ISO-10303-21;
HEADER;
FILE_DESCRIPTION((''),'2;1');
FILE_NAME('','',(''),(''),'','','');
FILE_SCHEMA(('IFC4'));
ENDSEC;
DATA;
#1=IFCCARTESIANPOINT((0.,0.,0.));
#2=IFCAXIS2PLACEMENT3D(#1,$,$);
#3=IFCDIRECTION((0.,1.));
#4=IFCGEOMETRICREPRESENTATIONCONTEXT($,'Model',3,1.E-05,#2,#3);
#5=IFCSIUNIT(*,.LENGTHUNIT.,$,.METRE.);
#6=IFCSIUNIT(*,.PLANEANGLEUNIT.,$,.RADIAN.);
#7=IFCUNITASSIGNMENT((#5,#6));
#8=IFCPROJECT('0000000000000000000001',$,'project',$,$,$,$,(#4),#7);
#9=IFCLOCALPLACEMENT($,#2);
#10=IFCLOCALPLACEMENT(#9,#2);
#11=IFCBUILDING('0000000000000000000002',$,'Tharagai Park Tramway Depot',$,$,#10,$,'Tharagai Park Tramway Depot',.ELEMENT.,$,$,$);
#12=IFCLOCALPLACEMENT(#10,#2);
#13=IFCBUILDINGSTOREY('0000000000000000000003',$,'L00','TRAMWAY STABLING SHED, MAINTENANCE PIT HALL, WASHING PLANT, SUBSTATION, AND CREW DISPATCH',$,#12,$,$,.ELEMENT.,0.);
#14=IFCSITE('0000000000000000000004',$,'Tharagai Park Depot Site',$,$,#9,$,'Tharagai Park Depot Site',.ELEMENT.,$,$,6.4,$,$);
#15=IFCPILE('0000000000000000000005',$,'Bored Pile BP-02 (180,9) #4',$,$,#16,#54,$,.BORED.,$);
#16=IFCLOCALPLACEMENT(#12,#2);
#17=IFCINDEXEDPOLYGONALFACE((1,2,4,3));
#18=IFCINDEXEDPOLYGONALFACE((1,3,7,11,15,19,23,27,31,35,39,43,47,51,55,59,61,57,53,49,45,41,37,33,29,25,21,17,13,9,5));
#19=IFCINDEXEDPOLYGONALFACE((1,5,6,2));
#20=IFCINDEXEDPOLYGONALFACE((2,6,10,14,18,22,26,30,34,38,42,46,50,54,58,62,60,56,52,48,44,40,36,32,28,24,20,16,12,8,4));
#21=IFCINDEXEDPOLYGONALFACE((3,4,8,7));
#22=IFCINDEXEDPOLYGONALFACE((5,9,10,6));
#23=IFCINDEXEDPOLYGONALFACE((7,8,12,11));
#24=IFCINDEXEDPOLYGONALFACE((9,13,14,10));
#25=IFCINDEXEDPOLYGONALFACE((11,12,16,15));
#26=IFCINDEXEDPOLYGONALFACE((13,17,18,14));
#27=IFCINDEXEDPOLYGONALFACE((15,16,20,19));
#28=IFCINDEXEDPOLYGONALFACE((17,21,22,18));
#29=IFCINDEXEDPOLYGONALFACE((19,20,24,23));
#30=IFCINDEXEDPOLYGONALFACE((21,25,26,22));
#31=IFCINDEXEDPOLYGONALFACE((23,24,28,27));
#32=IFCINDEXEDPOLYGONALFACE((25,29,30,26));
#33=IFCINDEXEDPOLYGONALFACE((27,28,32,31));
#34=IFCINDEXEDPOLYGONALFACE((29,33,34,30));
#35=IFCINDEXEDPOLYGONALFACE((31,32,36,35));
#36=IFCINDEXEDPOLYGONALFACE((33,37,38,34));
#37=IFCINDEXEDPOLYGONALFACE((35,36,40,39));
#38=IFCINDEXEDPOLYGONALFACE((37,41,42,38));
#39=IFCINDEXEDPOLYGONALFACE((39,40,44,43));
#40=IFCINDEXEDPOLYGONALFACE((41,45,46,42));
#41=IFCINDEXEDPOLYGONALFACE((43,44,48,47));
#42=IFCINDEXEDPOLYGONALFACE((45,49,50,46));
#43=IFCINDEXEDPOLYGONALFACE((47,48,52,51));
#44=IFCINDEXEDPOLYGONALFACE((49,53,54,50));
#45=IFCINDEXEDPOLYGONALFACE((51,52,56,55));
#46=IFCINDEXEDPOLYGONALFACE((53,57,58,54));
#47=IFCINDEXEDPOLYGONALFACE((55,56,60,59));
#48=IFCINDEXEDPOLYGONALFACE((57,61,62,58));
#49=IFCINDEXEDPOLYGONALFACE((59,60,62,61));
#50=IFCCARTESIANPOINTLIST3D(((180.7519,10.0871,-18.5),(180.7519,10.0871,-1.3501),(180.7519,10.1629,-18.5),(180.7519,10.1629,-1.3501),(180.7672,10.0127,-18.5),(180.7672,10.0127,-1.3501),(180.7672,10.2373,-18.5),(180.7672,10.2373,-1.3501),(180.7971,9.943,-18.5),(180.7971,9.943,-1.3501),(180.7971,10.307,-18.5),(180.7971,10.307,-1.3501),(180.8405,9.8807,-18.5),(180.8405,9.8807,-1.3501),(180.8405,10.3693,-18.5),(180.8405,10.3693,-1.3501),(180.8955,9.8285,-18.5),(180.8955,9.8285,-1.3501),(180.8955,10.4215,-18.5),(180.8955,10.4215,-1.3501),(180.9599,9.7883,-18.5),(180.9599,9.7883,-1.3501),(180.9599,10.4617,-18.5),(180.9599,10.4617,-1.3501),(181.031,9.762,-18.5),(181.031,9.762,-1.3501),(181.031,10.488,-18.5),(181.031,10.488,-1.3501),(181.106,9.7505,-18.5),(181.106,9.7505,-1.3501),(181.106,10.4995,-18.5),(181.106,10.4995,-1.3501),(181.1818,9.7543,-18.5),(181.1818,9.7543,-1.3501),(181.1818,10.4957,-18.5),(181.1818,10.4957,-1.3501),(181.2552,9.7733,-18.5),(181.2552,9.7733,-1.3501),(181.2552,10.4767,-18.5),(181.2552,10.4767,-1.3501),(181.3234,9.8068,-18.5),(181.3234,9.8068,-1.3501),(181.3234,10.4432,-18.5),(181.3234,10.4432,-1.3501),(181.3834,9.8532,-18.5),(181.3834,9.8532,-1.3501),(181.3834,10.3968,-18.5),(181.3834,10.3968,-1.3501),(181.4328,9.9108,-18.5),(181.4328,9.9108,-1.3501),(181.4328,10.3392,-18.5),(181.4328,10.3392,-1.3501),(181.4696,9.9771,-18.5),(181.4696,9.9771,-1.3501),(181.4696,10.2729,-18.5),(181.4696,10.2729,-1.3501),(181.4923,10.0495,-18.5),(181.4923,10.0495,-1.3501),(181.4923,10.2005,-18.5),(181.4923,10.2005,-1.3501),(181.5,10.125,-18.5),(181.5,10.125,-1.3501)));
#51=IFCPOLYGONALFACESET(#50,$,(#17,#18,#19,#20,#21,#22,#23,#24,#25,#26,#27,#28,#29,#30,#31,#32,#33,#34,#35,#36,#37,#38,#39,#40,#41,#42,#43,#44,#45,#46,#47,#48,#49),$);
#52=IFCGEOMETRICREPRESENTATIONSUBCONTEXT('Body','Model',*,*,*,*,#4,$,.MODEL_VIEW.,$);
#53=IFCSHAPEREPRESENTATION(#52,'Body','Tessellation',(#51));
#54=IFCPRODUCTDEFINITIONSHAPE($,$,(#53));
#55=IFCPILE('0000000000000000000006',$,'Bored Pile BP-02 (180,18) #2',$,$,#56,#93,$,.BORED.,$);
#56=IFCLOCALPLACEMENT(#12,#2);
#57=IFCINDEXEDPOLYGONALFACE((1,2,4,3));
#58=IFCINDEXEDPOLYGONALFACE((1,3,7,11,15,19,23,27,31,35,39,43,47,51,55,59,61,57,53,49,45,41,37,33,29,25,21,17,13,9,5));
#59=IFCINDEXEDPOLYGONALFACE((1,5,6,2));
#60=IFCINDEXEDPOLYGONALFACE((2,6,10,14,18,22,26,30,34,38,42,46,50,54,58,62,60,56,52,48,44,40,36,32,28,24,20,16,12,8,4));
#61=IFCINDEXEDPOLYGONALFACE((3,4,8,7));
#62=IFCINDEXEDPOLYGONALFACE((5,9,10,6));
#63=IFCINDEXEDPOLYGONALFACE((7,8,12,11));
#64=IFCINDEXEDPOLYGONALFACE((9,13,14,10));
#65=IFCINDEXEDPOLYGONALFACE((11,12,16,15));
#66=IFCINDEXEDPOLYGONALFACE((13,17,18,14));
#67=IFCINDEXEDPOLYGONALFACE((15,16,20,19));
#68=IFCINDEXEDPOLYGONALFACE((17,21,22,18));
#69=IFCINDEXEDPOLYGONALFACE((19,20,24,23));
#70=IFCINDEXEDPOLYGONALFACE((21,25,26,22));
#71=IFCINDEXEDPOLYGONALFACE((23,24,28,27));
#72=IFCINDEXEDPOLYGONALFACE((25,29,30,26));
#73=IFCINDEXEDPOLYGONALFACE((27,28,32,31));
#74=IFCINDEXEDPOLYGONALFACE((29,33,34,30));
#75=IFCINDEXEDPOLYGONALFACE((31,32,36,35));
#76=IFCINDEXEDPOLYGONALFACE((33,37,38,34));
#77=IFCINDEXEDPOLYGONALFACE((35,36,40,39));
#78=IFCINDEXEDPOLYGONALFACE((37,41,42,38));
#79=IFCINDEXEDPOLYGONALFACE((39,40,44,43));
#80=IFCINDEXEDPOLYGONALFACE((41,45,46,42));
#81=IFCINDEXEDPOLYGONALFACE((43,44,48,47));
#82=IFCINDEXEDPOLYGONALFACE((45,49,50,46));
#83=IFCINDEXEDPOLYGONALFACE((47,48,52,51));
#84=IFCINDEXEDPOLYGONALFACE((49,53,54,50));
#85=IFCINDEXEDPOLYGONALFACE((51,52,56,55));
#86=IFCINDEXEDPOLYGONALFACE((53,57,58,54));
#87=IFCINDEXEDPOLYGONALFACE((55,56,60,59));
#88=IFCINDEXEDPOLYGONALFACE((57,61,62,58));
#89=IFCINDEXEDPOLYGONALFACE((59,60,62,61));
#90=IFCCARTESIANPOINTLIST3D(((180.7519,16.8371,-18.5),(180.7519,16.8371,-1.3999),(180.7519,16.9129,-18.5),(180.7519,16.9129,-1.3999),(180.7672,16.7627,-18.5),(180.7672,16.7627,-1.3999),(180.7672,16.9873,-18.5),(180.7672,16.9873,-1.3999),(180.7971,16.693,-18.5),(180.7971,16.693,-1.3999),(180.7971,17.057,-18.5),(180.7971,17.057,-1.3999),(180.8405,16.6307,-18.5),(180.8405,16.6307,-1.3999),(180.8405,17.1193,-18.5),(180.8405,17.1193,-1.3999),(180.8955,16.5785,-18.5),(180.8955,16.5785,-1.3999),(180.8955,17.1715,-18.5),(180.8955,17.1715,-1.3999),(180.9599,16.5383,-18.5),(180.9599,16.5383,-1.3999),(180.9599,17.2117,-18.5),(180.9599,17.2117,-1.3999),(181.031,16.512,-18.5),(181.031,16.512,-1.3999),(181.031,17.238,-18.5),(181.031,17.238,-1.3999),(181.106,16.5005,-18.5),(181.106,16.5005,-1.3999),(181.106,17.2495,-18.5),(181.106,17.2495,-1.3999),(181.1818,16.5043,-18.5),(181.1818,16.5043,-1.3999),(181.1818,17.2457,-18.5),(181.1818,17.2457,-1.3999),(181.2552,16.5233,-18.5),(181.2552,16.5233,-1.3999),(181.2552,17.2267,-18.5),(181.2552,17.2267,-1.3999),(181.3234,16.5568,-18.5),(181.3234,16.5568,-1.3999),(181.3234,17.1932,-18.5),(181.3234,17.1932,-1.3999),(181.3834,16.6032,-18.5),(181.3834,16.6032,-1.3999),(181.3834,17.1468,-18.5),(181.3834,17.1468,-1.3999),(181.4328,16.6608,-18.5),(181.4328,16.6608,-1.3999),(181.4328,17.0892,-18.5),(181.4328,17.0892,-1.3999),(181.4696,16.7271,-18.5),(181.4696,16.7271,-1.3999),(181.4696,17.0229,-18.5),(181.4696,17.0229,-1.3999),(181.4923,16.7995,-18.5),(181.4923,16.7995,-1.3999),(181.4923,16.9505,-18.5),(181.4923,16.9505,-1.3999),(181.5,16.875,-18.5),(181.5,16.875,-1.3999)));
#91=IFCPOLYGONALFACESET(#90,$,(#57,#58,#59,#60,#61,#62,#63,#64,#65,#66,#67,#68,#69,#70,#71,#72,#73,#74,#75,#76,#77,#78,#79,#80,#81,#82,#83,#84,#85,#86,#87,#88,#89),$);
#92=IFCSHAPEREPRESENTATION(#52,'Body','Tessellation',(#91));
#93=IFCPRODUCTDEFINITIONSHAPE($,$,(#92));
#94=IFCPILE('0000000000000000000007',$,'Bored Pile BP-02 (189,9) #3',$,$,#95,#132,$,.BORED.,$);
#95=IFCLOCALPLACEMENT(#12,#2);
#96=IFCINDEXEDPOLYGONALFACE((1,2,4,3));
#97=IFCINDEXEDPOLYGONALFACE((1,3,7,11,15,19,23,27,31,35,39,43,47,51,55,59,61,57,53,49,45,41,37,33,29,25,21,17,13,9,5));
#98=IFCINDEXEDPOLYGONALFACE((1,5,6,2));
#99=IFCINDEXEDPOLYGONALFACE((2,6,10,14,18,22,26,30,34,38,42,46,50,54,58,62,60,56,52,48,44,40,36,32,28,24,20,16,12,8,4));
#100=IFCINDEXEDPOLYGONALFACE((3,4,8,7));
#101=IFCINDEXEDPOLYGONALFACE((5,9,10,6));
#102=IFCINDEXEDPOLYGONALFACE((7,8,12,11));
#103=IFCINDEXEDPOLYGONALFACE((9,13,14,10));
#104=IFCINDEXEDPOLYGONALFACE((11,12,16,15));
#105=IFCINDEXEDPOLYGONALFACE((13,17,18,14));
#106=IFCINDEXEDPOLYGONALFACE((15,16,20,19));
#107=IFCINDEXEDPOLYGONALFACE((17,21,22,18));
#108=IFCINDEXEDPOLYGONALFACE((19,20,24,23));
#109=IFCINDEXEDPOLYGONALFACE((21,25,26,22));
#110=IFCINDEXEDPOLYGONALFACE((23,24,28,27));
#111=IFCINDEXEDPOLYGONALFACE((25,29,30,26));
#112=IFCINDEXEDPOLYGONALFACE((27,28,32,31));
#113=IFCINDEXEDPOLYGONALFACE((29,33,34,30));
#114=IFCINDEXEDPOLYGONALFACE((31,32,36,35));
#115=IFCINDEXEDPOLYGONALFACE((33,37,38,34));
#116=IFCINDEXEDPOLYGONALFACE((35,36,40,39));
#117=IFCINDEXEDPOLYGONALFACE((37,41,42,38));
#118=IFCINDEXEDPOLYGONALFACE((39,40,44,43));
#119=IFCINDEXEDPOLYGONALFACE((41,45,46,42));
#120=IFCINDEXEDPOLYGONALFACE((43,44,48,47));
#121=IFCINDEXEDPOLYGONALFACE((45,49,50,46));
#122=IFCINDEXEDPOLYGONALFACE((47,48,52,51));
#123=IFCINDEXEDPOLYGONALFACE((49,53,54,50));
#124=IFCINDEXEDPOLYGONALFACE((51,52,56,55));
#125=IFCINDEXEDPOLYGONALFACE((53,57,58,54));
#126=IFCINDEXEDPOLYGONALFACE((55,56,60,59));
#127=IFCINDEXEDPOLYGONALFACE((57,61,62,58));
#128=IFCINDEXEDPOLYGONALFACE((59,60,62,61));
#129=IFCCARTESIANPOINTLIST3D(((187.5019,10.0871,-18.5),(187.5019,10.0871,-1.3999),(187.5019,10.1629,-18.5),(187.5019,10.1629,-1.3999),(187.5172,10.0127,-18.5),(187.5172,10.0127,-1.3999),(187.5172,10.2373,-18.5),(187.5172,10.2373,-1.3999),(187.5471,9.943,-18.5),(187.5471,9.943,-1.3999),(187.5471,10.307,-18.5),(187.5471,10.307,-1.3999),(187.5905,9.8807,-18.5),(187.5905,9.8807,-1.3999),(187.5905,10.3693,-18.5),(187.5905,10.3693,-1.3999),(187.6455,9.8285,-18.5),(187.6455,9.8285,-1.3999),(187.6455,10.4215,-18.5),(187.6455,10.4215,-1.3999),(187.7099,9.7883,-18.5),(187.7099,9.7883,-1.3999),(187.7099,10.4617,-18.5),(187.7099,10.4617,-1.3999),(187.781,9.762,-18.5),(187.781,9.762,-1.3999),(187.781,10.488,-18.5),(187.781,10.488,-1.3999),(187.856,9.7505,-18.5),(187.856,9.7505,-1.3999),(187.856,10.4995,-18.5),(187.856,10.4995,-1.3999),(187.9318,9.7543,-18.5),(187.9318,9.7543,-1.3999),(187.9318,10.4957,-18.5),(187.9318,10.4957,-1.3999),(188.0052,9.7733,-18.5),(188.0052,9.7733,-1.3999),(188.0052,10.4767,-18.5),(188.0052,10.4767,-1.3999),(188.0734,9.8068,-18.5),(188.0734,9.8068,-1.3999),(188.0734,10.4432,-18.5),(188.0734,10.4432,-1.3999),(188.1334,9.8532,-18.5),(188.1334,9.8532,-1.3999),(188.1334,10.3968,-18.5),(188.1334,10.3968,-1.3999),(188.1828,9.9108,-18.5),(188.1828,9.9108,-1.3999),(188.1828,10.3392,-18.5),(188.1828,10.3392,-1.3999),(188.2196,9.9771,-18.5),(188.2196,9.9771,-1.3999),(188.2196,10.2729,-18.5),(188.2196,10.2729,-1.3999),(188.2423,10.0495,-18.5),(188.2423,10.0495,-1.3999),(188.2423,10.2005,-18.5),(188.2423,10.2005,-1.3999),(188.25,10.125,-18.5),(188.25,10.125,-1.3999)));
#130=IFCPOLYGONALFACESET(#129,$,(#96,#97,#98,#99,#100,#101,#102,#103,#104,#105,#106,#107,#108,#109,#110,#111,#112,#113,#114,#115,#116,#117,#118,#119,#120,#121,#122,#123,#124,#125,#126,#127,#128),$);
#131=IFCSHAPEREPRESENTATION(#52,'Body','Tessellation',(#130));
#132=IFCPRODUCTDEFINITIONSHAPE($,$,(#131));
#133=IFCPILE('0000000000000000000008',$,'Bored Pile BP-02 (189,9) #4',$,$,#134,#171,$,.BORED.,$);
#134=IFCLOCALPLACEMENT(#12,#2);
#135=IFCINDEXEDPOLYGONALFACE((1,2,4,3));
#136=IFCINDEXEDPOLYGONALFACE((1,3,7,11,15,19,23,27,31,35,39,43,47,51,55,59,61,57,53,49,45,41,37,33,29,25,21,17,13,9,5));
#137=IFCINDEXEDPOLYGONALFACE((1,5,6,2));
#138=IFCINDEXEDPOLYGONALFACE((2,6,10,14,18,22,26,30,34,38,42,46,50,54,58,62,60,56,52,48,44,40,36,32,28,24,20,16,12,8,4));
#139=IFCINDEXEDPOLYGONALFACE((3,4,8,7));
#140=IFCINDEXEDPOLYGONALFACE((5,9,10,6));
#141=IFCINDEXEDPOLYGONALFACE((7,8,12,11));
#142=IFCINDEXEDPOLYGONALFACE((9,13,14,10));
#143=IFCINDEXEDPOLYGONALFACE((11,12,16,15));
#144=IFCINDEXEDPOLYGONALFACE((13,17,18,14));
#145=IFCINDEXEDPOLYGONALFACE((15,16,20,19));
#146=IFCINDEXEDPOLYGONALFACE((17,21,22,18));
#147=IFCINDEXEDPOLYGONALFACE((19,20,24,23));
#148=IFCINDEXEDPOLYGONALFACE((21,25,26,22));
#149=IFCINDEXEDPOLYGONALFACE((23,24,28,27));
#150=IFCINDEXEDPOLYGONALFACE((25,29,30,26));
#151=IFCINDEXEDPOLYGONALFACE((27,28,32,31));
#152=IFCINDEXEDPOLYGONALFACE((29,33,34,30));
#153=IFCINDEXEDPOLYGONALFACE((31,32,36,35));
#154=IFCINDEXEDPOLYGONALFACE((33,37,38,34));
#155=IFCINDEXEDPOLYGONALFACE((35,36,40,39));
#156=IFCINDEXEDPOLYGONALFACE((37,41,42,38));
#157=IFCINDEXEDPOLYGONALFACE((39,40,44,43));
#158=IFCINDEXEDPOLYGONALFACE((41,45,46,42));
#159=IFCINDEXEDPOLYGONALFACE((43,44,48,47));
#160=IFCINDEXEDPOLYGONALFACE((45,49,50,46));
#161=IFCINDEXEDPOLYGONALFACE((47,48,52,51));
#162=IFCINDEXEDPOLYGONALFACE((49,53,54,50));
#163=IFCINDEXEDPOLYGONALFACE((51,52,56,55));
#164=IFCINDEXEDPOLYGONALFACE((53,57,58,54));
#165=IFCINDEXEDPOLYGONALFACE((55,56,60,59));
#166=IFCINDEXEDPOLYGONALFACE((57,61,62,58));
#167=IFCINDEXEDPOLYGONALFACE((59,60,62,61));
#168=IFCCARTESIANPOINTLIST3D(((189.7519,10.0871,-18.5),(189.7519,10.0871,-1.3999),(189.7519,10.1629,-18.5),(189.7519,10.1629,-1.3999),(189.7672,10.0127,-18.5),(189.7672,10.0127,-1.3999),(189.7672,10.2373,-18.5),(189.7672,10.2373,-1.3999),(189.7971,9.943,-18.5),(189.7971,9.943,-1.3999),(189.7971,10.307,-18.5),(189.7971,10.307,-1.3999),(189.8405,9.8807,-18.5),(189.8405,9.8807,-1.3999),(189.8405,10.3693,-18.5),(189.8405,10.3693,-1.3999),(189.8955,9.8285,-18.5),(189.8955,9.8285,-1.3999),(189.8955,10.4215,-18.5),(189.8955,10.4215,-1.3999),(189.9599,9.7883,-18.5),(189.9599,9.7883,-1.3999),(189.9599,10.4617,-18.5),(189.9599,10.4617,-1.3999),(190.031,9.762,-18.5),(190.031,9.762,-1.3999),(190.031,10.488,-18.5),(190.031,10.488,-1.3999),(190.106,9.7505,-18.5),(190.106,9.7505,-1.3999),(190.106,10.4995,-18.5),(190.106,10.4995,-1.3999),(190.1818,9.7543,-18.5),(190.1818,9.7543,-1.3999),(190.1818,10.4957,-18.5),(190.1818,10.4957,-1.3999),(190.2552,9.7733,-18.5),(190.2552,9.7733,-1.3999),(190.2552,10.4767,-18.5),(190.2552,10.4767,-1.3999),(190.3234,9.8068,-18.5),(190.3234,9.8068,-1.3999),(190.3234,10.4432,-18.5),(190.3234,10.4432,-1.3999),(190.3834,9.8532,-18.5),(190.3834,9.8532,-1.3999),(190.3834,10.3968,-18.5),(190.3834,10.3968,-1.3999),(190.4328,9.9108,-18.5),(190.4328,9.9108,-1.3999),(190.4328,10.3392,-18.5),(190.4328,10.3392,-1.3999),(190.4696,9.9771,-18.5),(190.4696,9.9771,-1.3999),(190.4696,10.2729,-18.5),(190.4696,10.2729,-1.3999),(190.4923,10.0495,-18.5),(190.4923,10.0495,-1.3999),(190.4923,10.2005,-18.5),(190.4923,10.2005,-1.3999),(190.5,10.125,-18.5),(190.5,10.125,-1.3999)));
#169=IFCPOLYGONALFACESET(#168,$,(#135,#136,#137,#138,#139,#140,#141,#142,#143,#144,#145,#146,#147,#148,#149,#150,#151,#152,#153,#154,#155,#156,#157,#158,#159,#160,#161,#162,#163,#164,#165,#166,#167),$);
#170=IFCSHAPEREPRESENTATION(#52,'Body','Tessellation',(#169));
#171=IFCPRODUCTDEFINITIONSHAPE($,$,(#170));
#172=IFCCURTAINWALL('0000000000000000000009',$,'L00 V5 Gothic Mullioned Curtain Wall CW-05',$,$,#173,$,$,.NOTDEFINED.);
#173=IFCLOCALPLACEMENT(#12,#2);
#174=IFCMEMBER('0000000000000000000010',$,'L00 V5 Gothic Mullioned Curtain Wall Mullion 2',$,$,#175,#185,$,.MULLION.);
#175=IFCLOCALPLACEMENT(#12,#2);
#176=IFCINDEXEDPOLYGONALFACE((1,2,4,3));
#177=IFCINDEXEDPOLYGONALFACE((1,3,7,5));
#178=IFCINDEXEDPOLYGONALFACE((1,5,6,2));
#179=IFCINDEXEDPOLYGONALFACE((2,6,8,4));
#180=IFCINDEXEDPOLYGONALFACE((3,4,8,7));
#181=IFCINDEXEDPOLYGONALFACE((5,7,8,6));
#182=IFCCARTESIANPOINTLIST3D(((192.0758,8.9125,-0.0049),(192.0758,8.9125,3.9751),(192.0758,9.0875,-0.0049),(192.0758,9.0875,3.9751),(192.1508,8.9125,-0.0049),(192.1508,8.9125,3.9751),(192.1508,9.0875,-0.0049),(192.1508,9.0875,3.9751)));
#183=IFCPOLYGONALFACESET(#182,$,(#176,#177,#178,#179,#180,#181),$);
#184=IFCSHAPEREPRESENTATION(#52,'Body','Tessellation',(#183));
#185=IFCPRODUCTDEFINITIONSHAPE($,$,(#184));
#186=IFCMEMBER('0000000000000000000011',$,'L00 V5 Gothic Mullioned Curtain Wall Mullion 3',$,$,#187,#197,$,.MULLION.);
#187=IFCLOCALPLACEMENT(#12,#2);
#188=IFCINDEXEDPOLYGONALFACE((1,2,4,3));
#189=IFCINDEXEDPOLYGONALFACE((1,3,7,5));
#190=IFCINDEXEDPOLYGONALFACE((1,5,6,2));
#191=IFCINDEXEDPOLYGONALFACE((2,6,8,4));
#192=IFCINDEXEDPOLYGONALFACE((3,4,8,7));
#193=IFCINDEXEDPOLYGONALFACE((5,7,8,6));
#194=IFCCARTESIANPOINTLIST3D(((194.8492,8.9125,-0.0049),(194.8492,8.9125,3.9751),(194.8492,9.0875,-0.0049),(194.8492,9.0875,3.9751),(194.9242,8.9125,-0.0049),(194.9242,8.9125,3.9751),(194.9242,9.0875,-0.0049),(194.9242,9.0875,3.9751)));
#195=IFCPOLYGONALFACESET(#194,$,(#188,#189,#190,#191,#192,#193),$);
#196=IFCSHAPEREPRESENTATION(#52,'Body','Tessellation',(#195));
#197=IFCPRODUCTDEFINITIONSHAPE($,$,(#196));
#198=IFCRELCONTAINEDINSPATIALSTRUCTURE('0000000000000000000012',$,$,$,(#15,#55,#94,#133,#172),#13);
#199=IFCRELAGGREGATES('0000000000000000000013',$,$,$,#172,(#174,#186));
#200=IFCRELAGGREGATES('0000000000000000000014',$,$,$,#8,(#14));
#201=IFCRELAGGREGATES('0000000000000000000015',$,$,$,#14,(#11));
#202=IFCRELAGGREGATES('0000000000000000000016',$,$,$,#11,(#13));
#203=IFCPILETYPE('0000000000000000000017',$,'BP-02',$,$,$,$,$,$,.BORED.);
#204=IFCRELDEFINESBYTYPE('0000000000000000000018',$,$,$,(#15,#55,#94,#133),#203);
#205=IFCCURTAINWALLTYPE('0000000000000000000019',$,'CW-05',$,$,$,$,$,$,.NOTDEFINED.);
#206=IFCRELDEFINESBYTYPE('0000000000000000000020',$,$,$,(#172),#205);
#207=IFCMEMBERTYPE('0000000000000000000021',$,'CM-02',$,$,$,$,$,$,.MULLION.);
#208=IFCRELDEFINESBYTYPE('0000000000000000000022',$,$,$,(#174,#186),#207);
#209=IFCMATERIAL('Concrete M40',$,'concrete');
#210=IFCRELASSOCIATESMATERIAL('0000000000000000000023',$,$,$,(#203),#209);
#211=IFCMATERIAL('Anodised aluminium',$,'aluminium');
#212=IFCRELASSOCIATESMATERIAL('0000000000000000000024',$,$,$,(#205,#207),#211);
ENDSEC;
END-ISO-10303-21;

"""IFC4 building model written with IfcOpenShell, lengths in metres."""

from ifc_helpers import new_model, si_unit, direction, frame, origin, origin_2d, place, context, subcontext, project, spatial, rectangle, circle, extrude, material, material_profile, profile_set, type_object, element, aggregate, save


model = new_model("IFC4")

# Units and contexts
model_context = context("Model", 3, precision=1e-05, world=origin(), true_north=direction((0.0, 1.0)))
body_context = subcontext(model_context, "Body", "Model", "MODEL_VIEW")
ifc_project = project(units=[si_unit("LENGTHUNIT", "METRE"), si_unit("PLANEANGLEUNIT", "RADIAN")], contexts=[model_context])

# Site, building, storey
site_placement = place(None, origin())
site = spatial("IfcSite", under=ifc_project, at=site_placement, Name="Tharagai Park Depot Site", LongName="Tharagai Park Depot Site", CompositionType="ELEMENT", RefElevation=6.4)
building_placement = place(site_placement, origin())
building = spatial("IfcBuilding", under=site, at=building_placement, Name="Tharagai Park Tramway Depot", LongName="Tharagai Park Tramway Depot", CompositionType="ELEMENT")
storey_placement = place(building_placement, origin())
storey = spatial("IfcBuildingStorey", under=building, at=storey_placement, Name="L00", Description="TRAMWAY STABLING SHED, MAINTENANCE PIT HALL, WASHING PLANT, SUBSTATION, AND CREW DISPATCH", CompositionType="ELEMENT", Elevation=0.0)

# Piles
ifc_material_1 = material(Name="Concrete M40", Category="concrete")
ifc_material_profile_1 = material_profile(ifc_material_1, circle(Radius=0.375, at=origin_2d()), Name="PILE D750")
ifc_profile_set_1 = profile_set([ifc_material_profile_1], Name="Concrete M40")
pile_type = type_object("IfcPileType", Name="BP-02", PredefinedType="BORED", material=ifc_profile_set_1)
pile_placement = place(storey_placement, frame((181.125, 10.125, -1.3501), z_axis=(0.0, 0.0, -1.0), x_axis=(1.0, 0.0, 0.0)))
element("IfcPile", 1, at=pile_placement, inside=storey, type_object=pile_type, Name="Bored Pile BP-02 (180,9) #4", PredefinedType="BORED", context=body_context, shape_type="SweptSolid", body=[
    extrude(circle(Radius=0.375, at=origin_2d()), origin(), (0.0, 0.0, 1.0), 17.1499),
])
for number, where, z_axis, x_axis, name in (
    (2, (181.125, 16.875, -1.3999), (0.0, 0.0, -1.0), (1.0, 0.0, 0.0), "Bored Pile BP-02 (180,18) #2"),
    (3, (187.875, 10.125, -1.3999), (0.0, 0.0, -1.0), (1.0, 0.0, 0.0), "Bored Pile BP-02 (189,9) #3"),
    (4, (190.125, 10.125, -1.3999), (0.0, 0.0, -1.0), (1.0, 0.0, 0.0), "Bored Pile BP-02 (189,9) #4"),
):
    element("IfcPile", number, at=place(storey_placement, frame(where, z_axis=z_axis, x_axis=x_axis)), inside=storey, type_object=pile_type, Name=name, PredefinedType="BORED", context=body_context, shape_type="SweptSolid", body=[
        extrude(circle(Radius=0.375, at=origin_2d()), origin(), (0.0, 0.0, 1.0), 17.1001),
    ])

# Curtain wall, members
ifc_material_2 = material(Name="Anodised aluminium", Category="aluminium")
curtain_wall_type = type_object("IfcCurtainWallType", Name="CW-05", PredefinedType="NOTDEFINED", material=ifc_material_2)
curtain_wall_placement = place(storey_placement, origin())
curtain_wall = element("IfcCurtainWall", 5, at=curtain_wall_placement, inside=storey, type_object=curtain_wall_type, Name="L00 V5 Gothic Mullioned Curtain Wall CW-05", PredefinedType="NOTDEFINED")
ifc_material_profile_2 = material_profile(ifc_material_2, rectangle(XDim=0.075, YDim=0.175, at=origin_2d()), Name="ALU 75x175")
ifc_profile_set_2 = profile_set([ifc_material_profile_2], Name="Anodised aluminium")
member_type_1 = type_object("IfcMemberType", Name="CM-02", PredefinedType="MULLION", material=ifc_profile_set_2)
member_1_placement = place(storey_placement, frame((192.1133, 9.0, -0.0049), z_axis=(0.0, 0.0, 1.0), x_axis=(1.0, 0.0, 0.0)))
member_1 = element("IfcMember", 6, at=member_1_placement, type_object=member_type_1, Name="L00 V5 Gothic Mullioned Curtain Wall Mullion 2", PredefinedType="MULLION", context=body_context, shape_type="SweptSolid", body=[
    extrude(rectangle(XDim=0.075, YDim=0.175, at=origin_2d()), origin(), (0.0, 0.0, 1.0), 3.98),
])
member_2_placement = place(storey_placement, frame((194.8867, 9.0, -0.0049), z_axis=(0.0, 0.0, 1.0), x_axis=(1.0, 0.0, 0.0)))
member_2 = element("IfcMember", 7, at=member_2_placement, type_object=member_type_1, Name="L00 V5 Gothic Mullioned Curtain Wall Mullion 3", PredefinedType="MULLION", context=body_context, shape_type="SweptSolid", body=[
    extrude(rectangle(XDim=0.075, YDim=0.175, at=origin_2d()), origin(), (0.0, 0.0, 1.0), 3.98),
])
aggregate(curtain_wall, [member_1, member_2])

save(model, "model.ifc")
